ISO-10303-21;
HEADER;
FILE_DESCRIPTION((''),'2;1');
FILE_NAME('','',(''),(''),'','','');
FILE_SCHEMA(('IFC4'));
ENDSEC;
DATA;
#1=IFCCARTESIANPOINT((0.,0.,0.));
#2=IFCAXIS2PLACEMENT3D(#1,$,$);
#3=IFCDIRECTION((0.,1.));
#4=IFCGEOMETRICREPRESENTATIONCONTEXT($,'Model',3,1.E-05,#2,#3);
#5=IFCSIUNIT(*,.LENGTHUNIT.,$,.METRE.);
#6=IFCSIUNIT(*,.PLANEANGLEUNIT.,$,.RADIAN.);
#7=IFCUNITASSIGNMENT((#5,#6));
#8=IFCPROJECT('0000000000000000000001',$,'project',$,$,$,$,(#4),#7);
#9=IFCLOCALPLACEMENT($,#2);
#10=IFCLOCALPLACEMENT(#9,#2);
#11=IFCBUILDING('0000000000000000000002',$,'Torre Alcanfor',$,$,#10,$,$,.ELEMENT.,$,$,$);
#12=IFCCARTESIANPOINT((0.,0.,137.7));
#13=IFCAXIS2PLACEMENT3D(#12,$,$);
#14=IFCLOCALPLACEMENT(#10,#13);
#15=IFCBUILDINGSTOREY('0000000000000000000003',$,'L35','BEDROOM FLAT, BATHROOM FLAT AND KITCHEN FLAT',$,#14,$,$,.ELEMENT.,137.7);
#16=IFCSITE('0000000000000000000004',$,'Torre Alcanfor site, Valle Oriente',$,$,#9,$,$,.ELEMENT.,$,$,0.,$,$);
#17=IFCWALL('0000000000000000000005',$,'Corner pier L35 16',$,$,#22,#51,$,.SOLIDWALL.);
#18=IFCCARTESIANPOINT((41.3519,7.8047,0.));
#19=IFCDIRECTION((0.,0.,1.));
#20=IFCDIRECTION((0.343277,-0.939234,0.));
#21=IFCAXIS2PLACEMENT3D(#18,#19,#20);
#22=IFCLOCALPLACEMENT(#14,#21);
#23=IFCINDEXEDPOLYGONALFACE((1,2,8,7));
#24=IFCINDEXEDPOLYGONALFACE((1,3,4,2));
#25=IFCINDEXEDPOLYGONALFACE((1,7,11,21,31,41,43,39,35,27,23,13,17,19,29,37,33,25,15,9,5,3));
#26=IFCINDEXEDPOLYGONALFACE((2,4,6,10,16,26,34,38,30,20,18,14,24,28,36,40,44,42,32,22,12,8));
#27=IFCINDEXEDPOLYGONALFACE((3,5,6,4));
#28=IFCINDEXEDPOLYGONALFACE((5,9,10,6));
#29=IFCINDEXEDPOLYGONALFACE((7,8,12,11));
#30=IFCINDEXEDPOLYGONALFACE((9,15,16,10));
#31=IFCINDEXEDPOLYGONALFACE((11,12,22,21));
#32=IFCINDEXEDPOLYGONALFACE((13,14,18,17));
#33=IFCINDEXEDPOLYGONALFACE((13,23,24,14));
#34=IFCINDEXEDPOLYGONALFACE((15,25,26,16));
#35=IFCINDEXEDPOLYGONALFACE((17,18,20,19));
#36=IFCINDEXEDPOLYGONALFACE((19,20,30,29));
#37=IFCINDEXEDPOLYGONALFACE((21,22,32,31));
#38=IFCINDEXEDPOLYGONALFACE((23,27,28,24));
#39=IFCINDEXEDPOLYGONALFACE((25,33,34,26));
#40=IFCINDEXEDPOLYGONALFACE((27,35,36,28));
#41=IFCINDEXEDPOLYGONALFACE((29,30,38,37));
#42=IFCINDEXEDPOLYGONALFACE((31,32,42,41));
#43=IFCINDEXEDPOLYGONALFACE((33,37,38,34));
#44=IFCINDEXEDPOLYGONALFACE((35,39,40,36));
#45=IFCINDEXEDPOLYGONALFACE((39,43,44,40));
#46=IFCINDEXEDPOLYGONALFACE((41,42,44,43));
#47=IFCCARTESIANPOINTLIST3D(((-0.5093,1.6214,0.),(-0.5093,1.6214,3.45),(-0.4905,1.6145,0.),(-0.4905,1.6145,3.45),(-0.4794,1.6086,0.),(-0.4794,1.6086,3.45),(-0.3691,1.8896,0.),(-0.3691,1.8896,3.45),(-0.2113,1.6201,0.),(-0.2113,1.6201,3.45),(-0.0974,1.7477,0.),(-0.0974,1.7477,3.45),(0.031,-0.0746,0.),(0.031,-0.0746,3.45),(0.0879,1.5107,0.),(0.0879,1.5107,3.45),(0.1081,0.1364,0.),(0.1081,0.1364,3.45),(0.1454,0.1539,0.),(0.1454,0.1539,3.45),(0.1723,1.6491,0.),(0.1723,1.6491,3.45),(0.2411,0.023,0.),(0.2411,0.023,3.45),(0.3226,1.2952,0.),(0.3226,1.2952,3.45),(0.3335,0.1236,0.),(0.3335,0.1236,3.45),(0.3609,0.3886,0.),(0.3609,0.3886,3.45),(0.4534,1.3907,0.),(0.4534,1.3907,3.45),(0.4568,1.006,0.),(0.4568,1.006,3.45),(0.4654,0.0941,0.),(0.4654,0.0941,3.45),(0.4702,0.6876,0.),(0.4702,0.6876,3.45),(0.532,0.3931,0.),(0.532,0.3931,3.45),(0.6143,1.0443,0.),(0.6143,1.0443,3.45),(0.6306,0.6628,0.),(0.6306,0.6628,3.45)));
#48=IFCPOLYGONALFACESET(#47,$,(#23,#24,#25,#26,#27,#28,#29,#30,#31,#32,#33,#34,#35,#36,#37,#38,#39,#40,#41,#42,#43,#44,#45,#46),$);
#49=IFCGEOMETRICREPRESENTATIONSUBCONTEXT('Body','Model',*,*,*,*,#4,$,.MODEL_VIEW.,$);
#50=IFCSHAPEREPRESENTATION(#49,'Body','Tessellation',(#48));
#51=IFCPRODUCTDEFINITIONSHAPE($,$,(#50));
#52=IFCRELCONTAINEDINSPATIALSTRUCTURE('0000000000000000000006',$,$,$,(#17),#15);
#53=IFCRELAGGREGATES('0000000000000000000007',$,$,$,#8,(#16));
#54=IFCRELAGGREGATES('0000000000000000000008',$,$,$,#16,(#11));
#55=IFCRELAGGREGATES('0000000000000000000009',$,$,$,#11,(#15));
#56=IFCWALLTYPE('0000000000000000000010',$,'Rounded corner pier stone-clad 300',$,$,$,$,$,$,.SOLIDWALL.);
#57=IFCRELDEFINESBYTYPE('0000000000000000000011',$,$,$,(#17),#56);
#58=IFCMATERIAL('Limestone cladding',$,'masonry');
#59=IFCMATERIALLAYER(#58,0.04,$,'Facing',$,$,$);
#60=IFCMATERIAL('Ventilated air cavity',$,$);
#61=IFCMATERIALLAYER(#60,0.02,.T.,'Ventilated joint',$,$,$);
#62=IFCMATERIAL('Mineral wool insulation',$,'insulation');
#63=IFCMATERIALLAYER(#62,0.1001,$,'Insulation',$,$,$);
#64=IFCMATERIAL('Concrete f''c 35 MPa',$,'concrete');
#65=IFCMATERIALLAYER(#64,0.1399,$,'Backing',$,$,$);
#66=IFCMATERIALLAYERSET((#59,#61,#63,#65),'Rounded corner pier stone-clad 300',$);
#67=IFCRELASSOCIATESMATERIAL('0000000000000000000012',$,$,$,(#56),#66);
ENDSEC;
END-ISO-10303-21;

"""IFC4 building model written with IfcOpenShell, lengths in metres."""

from ifc_helpers import new_model, si_unit, direction, frame, origin, place, context, subcontext, project, spatial, polyline, outline, extrude, material, layer, layer_set, type_object, element, save


model = new_model("IFC4")

# Units and contexts
model_context = context("Model", 3, precision=1e-05, world=origin(), true_north=direction((0.0, 1.0)))
body_context = subcontext(model_context, "Body", "Model", "MODEL_VIEW")
ifc_project = project(units=[si_unit("LENGTHUNIT", "METRE"), si_unit("PLANEANGLEUNIT", "RADIAN")], contexts=[model_context])

# Site, building, storey
site_placement = place(None, origin())
site = spatial("IfcSite", under=ifc_project, at=site_placement, Name="Torre Alcanfor site, Valle Oriente", CompositionType="ELEMENT", RefElevation=0.0)
building_placement = place(site_placement, origin())
building = spatial("IfcBuilding", under=site, at=building_placement, Name="Torre Alcanfor", CompositionType="ELEMENT")
storey_placement = place(building_placement, frame((0.0, 0.0, 137.7)))
storey = spatial("IfcBuildingStorey", under=building, at=storey_placement, Name="L35", Description="BEDROOM FLAT, BATHROOM FLAT AND KITCHEN FLAT", CompositionType="ELEMENT", Elevation=137.7)

# Shared definitions
ifc_material_1 = material(Name="Limestone cladding", Category="masonry")
ifc_material_2 = material(Name="Ventilated air cavity")
ifc_material_3 = material(Name="Mineral wool insulation", Category="insulation")
ifc_material_4 = material(Name="Concrete f'c 35 MPa", Category="concrete")

# Wall
ifc_layer_1 = layer(ifc_material_1, 0.04, Name="Facing")
ifc_layer_2 = layer(ifc_material_2, 0.02, ventilated=True, Name="Ventilated joint")
ifc_layer_3 = layer(ifc_material_3, 0.1001, Name="Insulation")
ifc_layer_4 = layer(ifc_material_4, 0.1399, Name="Backing")
ifc_layer_set_1 = layer_set([ifc_layer_1, ifc_layer_2, ifc_layer_3, ifc_layer_4], Name="Rounded corner pier stone-clad 300")
wall_type_1 = type_object("IfcWallType", Name="Rounded corner pier stone-clad 300", PredefinedType="SOLIDWALL", material=ifc_layer_set_1)
wall_1_placement = place(storey_placement, frame((41.3519, 7.8047, 0.0), z_axis=(0.0, 0.0, 1.0), x_axis=(0.343277, -0.939234, 0.0)))
element("IfcWall", 1, at=wall_1_placement, inside=storey, type_object=wall_type_1, Name="Corner pier L35 16", PredefinedType="SOLIDWALL", context=body_context, shape_type="SweptSolid", body=[
    extrude(outline(polyline([(-0.3691, 1.8896), (-0.5093, 1.6214), (-0.4905, 1.6145), (-0.4794, 1.6086), (-0.2113, 1.6201), (0.0879, 1.5107), (0.3226, 1.2952), (0.4568, 1.006), (0.4702, 0.6876), (0.3609, 0.3886), (0.1454, 0.1539), (0.1081, 0.1364), (0.031, -0.0746), (0.2411, 0.023), (0.3335, 0.1236), (0.4654, 0.0941), (0.532, 0.3931), (0.6306, 0.6628), (0.6143, 1.0443), (0.4534, 1.3907), (0.1723, 1.6491), (-0.0974, 1.7477), (-0.3691, 1.8896)])), origin(), (0.0, 0.0, 1.0), 3.45),
])

save(model, "model.ifc")
